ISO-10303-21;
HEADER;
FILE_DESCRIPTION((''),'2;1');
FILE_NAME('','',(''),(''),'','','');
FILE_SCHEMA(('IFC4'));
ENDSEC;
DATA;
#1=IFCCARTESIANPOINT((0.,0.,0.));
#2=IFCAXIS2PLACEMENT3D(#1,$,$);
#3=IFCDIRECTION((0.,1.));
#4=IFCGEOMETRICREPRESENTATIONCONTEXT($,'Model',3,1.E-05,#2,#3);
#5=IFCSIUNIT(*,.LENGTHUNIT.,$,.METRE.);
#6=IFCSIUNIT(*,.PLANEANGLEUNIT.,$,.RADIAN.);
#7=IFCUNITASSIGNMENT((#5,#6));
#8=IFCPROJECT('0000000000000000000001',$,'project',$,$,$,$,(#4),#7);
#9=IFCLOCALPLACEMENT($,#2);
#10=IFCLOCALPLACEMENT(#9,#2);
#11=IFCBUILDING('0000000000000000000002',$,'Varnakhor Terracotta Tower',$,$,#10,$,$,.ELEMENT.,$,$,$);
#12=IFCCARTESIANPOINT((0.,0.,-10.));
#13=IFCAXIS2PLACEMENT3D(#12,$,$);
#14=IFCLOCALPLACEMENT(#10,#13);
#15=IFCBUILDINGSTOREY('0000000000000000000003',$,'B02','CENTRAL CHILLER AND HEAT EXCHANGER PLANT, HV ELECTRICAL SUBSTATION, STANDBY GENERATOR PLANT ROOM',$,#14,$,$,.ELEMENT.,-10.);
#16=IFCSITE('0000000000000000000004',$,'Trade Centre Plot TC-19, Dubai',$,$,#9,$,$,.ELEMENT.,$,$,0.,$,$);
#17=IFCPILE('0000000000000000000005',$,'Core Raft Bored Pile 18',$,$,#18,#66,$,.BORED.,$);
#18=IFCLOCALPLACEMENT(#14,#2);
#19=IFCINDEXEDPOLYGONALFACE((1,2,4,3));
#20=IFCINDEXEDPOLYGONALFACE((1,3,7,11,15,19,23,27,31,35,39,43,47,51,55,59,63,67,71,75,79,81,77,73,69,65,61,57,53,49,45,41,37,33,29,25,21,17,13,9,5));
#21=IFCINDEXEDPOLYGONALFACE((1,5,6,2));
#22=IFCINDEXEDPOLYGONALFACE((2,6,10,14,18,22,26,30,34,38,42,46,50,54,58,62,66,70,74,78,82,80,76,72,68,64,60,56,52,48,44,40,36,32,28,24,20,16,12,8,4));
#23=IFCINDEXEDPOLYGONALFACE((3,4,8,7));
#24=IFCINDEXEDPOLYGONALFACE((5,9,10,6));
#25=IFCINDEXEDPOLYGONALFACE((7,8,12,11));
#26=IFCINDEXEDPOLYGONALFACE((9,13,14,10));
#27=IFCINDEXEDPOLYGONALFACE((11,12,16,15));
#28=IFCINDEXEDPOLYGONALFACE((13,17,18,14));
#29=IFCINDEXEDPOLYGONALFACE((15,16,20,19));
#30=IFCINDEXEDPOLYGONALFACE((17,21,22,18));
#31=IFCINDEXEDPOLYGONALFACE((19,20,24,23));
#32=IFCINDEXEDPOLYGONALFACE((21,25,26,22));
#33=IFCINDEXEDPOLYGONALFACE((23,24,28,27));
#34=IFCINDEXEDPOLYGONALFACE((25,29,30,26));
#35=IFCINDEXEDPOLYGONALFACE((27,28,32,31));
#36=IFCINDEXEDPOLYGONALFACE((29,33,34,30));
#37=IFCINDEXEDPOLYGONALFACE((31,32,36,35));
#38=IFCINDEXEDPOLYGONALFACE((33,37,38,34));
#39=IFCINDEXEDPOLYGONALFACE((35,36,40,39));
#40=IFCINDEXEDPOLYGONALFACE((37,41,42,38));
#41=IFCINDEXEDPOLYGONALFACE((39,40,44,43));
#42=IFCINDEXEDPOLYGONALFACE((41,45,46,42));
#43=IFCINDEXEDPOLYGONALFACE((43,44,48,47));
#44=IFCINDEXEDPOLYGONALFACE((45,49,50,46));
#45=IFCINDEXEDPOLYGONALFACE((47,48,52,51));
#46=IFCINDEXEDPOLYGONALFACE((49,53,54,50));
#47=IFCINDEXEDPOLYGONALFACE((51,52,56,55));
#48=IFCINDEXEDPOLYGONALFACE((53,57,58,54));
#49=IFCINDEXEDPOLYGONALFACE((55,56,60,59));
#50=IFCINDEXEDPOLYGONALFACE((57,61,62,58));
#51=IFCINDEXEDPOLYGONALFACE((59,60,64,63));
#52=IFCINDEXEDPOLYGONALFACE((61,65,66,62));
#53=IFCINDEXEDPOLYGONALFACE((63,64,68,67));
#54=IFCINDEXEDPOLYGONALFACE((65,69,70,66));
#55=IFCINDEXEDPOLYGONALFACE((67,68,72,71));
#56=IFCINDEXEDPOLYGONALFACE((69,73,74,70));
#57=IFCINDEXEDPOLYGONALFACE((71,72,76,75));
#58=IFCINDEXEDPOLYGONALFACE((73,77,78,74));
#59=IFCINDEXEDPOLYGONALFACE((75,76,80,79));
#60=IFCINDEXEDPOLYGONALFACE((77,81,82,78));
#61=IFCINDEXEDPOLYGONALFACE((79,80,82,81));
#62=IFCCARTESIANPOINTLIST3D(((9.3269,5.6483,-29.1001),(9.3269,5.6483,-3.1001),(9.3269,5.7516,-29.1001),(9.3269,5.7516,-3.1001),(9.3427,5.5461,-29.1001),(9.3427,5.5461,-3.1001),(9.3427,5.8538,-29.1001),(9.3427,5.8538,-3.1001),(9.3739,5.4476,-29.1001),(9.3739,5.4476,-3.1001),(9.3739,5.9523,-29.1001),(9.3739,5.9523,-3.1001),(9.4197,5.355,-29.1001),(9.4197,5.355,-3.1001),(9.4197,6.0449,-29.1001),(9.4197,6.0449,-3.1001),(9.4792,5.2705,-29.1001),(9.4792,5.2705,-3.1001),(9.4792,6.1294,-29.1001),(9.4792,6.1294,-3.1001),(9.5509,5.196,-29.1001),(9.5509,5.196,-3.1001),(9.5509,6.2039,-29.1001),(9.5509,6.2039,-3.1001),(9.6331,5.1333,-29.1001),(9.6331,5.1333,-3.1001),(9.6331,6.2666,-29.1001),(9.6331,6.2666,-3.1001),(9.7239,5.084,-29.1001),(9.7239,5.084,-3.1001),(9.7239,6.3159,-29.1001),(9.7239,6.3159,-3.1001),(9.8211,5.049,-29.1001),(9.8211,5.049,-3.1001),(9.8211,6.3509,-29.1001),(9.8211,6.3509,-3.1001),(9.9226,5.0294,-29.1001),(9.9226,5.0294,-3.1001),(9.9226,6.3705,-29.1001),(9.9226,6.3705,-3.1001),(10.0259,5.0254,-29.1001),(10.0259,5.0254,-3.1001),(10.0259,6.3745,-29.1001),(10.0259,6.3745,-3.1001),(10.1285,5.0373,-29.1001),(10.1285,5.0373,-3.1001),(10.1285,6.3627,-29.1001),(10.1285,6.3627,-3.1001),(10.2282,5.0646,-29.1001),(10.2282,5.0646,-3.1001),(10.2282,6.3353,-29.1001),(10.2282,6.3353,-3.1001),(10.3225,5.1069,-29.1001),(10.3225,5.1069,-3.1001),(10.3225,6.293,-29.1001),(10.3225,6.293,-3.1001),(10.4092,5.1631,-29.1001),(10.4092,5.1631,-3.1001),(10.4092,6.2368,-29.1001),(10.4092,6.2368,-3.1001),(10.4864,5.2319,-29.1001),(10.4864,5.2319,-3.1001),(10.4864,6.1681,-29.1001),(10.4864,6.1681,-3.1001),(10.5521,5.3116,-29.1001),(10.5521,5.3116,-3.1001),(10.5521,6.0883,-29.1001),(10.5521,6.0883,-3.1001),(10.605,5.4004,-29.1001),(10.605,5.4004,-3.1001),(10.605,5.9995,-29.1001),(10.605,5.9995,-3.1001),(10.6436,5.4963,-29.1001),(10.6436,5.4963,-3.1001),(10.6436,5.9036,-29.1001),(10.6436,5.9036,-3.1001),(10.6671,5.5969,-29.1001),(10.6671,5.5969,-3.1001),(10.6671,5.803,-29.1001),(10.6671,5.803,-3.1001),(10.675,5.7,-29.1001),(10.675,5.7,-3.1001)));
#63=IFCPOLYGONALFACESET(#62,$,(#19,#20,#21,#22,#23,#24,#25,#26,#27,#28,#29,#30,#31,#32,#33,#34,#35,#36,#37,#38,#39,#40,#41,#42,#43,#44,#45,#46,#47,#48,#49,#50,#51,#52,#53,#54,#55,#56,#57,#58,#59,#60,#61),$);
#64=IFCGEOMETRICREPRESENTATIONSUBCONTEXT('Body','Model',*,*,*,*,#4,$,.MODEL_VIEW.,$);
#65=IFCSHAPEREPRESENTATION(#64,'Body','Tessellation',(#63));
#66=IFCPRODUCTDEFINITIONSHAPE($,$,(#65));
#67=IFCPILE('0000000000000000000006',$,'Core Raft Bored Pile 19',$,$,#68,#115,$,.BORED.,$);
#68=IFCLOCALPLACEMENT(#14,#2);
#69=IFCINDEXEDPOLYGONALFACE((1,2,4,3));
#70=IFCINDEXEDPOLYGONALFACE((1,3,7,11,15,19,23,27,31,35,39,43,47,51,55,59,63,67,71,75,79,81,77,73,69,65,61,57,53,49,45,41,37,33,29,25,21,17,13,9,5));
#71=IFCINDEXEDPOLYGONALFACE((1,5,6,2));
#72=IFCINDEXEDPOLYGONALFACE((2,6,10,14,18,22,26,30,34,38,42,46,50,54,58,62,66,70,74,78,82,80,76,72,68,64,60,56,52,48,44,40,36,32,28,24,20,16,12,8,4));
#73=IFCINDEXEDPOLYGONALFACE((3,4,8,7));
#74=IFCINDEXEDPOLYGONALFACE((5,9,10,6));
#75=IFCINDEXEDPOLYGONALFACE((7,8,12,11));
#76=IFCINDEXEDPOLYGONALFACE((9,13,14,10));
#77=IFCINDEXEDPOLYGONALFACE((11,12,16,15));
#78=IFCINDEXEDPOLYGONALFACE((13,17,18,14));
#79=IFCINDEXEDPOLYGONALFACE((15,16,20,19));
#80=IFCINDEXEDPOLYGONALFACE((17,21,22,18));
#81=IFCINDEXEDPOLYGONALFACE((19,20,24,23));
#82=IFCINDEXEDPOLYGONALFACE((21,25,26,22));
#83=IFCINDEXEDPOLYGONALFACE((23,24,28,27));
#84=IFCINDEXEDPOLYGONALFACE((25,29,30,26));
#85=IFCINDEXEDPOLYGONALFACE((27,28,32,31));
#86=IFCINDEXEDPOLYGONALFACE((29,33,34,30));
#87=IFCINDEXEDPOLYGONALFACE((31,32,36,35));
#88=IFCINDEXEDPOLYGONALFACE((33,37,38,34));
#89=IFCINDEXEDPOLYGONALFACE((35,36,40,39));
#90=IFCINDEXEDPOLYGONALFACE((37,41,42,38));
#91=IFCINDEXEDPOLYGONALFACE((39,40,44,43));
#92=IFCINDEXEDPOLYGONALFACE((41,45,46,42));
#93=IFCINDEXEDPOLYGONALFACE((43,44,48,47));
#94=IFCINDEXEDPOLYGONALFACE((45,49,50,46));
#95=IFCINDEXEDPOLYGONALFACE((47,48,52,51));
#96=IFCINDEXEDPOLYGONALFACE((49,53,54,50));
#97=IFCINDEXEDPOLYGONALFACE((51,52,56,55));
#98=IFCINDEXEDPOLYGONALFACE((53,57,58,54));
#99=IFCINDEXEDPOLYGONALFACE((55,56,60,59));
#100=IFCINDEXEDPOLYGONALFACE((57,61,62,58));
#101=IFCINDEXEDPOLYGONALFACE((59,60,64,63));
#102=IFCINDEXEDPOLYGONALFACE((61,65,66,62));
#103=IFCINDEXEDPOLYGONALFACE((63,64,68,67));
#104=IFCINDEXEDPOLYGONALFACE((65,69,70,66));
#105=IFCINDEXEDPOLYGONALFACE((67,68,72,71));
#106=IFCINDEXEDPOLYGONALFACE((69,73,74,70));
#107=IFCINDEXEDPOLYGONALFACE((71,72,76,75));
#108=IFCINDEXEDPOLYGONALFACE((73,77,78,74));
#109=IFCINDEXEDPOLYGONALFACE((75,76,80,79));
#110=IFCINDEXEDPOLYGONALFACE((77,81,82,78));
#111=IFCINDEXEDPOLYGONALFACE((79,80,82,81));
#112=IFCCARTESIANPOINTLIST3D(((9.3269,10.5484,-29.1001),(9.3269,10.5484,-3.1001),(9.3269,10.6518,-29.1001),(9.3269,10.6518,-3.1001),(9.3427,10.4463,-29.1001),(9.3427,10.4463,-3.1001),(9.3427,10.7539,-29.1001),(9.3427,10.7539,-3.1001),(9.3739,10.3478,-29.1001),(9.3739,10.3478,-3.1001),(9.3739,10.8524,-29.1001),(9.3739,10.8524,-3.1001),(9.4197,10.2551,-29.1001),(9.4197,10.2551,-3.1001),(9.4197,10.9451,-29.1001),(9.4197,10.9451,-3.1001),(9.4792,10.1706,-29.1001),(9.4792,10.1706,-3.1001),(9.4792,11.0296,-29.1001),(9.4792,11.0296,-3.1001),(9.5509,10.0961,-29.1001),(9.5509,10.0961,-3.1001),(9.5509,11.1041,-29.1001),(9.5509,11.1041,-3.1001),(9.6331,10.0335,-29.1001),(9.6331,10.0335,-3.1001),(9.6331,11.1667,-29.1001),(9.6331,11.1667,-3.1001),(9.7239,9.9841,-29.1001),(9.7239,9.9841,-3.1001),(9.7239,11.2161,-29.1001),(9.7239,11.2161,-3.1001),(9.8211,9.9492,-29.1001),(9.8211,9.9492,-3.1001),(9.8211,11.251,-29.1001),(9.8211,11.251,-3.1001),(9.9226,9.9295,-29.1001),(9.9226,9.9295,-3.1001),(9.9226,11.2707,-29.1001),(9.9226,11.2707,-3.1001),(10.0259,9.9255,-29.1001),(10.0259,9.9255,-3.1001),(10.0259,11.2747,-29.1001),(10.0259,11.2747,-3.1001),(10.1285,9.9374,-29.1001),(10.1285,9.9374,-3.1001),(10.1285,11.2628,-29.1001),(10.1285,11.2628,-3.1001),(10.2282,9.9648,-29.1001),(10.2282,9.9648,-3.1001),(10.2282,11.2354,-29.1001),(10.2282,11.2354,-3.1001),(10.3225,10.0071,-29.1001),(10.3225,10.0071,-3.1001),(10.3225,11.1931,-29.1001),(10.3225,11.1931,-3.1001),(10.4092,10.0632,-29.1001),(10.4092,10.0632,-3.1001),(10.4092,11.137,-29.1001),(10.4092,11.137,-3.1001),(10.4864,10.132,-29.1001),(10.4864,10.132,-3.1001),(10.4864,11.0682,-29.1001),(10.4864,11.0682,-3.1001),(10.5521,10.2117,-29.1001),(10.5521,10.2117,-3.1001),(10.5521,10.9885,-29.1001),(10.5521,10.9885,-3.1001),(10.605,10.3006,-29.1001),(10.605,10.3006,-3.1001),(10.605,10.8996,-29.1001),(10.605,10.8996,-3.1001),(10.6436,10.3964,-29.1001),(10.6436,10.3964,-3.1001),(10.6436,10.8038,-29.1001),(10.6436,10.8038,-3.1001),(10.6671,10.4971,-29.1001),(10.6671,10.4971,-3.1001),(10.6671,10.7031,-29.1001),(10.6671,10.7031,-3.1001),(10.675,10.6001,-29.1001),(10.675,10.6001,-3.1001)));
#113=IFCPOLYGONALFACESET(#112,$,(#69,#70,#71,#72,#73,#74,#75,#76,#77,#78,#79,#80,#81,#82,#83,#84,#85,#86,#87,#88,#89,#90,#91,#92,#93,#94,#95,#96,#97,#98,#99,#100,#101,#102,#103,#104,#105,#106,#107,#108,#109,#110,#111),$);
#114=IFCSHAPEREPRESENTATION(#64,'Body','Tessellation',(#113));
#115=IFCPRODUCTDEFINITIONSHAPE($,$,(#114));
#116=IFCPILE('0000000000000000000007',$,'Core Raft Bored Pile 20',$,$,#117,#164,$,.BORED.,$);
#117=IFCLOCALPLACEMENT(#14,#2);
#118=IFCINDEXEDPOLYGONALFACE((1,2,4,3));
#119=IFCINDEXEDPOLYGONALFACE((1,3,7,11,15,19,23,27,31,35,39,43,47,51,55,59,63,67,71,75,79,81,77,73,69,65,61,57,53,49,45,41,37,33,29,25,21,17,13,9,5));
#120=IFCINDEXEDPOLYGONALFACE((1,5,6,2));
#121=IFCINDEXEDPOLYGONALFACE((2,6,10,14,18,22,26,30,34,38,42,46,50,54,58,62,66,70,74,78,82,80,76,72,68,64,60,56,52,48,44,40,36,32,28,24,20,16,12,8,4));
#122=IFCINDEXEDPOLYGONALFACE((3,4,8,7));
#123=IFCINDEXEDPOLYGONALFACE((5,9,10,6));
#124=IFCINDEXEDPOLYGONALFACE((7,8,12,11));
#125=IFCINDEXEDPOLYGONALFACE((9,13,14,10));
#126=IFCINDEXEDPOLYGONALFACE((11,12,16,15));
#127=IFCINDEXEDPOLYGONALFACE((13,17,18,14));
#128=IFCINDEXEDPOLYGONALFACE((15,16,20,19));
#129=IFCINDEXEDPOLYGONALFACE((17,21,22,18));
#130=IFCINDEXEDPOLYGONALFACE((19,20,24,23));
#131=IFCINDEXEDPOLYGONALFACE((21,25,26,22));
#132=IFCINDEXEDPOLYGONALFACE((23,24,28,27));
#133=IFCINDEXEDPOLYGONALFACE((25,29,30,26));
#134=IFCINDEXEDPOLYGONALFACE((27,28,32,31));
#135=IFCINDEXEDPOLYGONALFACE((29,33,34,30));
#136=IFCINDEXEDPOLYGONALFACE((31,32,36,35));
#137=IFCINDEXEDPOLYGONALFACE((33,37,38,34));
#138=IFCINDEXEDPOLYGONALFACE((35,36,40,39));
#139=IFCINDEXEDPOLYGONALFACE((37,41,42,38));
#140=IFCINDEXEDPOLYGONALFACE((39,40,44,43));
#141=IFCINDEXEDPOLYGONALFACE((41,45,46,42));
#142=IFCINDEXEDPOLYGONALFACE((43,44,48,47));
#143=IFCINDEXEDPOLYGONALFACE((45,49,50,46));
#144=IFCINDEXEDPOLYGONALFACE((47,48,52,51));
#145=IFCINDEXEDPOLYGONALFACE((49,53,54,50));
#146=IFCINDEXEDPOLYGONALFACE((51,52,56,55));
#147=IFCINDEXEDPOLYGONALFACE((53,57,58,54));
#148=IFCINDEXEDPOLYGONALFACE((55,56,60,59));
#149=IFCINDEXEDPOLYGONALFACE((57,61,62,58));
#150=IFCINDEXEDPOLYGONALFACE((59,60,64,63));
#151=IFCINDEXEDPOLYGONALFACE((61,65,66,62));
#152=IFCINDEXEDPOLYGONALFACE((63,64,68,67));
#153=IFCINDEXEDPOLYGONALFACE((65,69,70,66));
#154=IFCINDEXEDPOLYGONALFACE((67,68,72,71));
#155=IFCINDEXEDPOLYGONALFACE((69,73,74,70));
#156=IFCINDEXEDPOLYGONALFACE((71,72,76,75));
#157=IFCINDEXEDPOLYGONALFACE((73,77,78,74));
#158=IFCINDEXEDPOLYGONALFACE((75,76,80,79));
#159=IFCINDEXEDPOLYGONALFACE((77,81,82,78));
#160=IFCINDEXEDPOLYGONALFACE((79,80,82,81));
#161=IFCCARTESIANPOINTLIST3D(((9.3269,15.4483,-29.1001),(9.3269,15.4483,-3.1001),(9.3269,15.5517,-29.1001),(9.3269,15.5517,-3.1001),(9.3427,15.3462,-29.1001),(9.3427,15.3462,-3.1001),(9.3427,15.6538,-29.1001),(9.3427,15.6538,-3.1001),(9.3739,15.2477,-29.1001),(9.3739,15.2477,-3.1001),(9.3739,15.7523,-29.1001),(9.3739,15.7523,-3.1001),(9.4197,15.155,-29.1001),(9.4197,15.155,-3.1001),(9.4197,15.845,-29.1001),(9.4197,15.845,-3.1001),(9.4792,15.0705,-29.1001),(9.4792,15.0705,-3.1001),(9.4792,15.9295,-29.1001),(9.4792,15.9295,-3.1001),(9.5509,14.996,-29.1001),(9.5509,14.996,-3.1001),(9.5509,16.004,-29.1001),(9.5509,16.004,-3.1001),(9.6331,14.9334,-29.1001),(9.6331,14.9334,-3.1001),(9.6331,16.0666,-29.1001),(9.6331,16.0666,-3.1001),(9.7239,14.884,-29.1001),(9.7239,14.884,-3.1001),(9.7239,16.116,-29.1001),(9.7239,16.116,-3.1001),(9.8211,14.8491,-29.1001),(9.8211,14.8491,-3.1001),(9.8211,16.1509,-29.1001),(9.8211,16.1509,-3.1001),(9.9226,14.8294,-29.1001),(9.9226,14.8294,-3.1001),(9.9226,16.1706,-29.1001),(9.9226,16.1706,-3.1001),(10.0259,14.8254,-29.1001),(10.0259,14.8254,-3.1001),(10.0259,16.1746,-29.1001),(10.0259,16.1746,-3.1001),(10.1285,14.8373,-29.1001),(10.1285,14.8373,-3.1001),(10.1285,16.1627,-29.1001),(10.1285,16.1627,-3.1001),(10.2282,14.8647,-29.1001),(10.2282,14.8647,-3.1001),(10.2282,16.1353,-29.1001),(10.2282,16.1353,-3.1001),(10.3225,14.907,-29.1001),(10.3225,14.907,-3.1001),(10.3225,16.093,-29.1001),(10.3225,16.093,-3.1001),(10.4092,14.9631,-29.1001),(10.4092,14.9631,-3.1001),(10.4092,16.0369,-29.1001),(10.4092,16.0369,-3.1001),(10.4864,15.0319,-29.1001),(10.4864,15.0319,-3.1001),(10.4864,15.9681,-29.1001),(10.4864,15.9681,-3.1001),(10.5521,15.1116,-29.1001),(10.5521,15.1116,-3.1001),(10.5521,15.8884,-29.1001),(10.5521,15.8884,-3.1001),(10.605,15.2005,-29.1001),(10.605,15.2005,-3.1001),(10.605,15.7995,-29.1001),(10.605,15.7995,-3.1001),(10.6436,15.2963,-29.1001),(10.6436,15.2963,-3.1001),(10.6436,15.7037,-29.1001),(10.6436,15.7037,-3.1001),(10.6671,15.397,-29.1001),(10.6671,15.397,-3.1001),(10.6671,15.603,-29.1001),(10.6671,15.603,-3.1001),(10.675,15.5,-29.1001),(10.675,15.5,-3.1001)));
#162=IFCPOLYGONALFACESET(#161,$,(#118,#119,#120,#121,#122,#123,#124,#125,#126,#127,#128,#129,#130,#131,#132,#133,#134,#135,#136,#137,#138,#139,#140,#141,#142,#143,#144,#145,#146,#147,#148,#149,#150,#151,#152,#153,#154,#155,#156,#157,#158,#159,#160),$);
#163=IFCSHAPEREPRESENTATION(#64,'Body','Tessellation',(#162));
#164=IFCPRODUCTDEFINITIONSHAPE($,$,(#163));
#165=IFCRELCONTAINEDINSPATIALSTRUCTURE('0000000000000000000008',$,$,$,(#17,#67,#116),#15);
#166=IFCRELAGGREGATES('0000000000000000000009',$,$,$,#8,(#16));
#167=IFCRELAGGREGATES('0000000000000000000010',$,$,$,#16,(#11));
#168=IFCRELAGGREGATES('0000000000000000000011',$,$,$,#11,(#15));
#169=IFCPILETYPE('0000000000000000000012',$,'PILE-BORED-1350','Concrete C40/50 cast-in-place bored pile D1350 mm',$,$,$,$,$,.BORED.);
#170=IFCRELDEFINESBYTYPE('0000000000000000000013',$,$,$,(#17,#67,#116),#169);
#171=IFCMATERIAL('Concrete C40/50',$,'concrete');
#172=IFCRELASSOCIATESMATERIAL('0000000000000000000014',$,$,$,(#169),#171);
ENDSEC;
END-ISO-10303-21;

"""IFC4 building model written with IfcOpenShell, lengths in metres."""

from ifc_helpers import new_model, si_unit, direction, frame, origin, origin_2d, place, context, subcontext, project, spatial, circle, extrude, source, transform, mapped, material, material_profile, profile_set, type_object, type_shapes, element, save


model = new_model("IFC4")

# Units and contexts
model_context = context("Model", 3, precision=1e-05, world=origin(), true_north=direction((0.0, 1.0)))
body_context = subcontext(model_context, "Body", "Model", "MODEL_VIEW")
ifc_project = project(units=[si_unit("LENGTHUNIT", "METRE"), si_unit("PLANEANGLEUNIT", "RADIAN")], contexts=[model_context])

# Site, building, storey
site_placement = place(None, origin())
site = spatial("IfcSite", under=ifc_project, at=site_placement, Name="Trade Centre Plot TC-19, Dubai", CompositionType="ELEMENT", RefElevation=0.0)
building_placement = place(site_placement, origin())
building = spatial("IfcBuilding", under=site, at=building_placement, Name="Varnakhor Terracotta Tower", CompositionType="ELEMENT")
storey_placement = place(building_placement, frame((0.0, 0.0, -10.0)))
storey = spatial("IfcBuildingStorey", under=building, at=storey_placement, Name="B02", Description="CENTRAL CHILLER AND HEAT EXCHANGER PLANT, HV ELECTRICAL SUBSTATION, STANDBY GENERATOR PLANT ROOM", CompositionType="ELEMENT", Elevation=-10.0)

# Piles
ifc_material_1 = material(Name="Concrete C40/50", Category="concrete")
ifc_material_profile_1 = material_profile(ifc_material_1, circle(Radius=0.675, at=origin_2d()), Name="BORED PILE D1350")
ifc_profile_set_1 = profile_set([ifc_material_profile_1], Name="Concrete C40/50")
pile_type_1 = type_object("IfcPileType", Name="PILE-BORED-1350", Description="Concrete C40/50 cast-in-place bored pile D1350 mm", PredefinedType="BORED", material=ifc_profile_set_1)
shared_shape_1 = source(origin(), body_context, "Body", "SweptSolid", [
    extrude(circle(Radius=0.675, at=origin_2d()), origin(), (0.0, 0.0, 1.0), 26.0),
])
type_shapes(pile_type_1, [shared_shape_1])
for number, where, z_axis, x_axis, name in (
    (1, (10.0, 5.7, -3.1001), (0.0, 0.0, -1.0), (1.0, 0.0, 0.0), "Core Raft Bored Pile 18"),
    (2, (10.0, 10.6001, -3.1001), (0.0, 0.0, -1.0), (1.0, 0.0, 0.0), "Core Raft Bored Pile 19"),
    (3, (10.0, 15.5, -3.1001), (0.0, 0.0, -1.0), (1.0, 0.0, 0.0), "Core Raft Bored Pile 20"),
):
    element("IfcPile", number, at=place(storey_placement, frame(where, z_axis=z_axis, x_axis=x_axis)), inside=storey, type_object=pile_type_1, Name=name, PredefinedType="BORED", context=body_context, shape_type="MappedRepresentation", body=[
        mapped(shared_shape_1, transform((0.0, 0.0, 0.0), scale=1.0)),
    ])

save(model, "model.ifc")
